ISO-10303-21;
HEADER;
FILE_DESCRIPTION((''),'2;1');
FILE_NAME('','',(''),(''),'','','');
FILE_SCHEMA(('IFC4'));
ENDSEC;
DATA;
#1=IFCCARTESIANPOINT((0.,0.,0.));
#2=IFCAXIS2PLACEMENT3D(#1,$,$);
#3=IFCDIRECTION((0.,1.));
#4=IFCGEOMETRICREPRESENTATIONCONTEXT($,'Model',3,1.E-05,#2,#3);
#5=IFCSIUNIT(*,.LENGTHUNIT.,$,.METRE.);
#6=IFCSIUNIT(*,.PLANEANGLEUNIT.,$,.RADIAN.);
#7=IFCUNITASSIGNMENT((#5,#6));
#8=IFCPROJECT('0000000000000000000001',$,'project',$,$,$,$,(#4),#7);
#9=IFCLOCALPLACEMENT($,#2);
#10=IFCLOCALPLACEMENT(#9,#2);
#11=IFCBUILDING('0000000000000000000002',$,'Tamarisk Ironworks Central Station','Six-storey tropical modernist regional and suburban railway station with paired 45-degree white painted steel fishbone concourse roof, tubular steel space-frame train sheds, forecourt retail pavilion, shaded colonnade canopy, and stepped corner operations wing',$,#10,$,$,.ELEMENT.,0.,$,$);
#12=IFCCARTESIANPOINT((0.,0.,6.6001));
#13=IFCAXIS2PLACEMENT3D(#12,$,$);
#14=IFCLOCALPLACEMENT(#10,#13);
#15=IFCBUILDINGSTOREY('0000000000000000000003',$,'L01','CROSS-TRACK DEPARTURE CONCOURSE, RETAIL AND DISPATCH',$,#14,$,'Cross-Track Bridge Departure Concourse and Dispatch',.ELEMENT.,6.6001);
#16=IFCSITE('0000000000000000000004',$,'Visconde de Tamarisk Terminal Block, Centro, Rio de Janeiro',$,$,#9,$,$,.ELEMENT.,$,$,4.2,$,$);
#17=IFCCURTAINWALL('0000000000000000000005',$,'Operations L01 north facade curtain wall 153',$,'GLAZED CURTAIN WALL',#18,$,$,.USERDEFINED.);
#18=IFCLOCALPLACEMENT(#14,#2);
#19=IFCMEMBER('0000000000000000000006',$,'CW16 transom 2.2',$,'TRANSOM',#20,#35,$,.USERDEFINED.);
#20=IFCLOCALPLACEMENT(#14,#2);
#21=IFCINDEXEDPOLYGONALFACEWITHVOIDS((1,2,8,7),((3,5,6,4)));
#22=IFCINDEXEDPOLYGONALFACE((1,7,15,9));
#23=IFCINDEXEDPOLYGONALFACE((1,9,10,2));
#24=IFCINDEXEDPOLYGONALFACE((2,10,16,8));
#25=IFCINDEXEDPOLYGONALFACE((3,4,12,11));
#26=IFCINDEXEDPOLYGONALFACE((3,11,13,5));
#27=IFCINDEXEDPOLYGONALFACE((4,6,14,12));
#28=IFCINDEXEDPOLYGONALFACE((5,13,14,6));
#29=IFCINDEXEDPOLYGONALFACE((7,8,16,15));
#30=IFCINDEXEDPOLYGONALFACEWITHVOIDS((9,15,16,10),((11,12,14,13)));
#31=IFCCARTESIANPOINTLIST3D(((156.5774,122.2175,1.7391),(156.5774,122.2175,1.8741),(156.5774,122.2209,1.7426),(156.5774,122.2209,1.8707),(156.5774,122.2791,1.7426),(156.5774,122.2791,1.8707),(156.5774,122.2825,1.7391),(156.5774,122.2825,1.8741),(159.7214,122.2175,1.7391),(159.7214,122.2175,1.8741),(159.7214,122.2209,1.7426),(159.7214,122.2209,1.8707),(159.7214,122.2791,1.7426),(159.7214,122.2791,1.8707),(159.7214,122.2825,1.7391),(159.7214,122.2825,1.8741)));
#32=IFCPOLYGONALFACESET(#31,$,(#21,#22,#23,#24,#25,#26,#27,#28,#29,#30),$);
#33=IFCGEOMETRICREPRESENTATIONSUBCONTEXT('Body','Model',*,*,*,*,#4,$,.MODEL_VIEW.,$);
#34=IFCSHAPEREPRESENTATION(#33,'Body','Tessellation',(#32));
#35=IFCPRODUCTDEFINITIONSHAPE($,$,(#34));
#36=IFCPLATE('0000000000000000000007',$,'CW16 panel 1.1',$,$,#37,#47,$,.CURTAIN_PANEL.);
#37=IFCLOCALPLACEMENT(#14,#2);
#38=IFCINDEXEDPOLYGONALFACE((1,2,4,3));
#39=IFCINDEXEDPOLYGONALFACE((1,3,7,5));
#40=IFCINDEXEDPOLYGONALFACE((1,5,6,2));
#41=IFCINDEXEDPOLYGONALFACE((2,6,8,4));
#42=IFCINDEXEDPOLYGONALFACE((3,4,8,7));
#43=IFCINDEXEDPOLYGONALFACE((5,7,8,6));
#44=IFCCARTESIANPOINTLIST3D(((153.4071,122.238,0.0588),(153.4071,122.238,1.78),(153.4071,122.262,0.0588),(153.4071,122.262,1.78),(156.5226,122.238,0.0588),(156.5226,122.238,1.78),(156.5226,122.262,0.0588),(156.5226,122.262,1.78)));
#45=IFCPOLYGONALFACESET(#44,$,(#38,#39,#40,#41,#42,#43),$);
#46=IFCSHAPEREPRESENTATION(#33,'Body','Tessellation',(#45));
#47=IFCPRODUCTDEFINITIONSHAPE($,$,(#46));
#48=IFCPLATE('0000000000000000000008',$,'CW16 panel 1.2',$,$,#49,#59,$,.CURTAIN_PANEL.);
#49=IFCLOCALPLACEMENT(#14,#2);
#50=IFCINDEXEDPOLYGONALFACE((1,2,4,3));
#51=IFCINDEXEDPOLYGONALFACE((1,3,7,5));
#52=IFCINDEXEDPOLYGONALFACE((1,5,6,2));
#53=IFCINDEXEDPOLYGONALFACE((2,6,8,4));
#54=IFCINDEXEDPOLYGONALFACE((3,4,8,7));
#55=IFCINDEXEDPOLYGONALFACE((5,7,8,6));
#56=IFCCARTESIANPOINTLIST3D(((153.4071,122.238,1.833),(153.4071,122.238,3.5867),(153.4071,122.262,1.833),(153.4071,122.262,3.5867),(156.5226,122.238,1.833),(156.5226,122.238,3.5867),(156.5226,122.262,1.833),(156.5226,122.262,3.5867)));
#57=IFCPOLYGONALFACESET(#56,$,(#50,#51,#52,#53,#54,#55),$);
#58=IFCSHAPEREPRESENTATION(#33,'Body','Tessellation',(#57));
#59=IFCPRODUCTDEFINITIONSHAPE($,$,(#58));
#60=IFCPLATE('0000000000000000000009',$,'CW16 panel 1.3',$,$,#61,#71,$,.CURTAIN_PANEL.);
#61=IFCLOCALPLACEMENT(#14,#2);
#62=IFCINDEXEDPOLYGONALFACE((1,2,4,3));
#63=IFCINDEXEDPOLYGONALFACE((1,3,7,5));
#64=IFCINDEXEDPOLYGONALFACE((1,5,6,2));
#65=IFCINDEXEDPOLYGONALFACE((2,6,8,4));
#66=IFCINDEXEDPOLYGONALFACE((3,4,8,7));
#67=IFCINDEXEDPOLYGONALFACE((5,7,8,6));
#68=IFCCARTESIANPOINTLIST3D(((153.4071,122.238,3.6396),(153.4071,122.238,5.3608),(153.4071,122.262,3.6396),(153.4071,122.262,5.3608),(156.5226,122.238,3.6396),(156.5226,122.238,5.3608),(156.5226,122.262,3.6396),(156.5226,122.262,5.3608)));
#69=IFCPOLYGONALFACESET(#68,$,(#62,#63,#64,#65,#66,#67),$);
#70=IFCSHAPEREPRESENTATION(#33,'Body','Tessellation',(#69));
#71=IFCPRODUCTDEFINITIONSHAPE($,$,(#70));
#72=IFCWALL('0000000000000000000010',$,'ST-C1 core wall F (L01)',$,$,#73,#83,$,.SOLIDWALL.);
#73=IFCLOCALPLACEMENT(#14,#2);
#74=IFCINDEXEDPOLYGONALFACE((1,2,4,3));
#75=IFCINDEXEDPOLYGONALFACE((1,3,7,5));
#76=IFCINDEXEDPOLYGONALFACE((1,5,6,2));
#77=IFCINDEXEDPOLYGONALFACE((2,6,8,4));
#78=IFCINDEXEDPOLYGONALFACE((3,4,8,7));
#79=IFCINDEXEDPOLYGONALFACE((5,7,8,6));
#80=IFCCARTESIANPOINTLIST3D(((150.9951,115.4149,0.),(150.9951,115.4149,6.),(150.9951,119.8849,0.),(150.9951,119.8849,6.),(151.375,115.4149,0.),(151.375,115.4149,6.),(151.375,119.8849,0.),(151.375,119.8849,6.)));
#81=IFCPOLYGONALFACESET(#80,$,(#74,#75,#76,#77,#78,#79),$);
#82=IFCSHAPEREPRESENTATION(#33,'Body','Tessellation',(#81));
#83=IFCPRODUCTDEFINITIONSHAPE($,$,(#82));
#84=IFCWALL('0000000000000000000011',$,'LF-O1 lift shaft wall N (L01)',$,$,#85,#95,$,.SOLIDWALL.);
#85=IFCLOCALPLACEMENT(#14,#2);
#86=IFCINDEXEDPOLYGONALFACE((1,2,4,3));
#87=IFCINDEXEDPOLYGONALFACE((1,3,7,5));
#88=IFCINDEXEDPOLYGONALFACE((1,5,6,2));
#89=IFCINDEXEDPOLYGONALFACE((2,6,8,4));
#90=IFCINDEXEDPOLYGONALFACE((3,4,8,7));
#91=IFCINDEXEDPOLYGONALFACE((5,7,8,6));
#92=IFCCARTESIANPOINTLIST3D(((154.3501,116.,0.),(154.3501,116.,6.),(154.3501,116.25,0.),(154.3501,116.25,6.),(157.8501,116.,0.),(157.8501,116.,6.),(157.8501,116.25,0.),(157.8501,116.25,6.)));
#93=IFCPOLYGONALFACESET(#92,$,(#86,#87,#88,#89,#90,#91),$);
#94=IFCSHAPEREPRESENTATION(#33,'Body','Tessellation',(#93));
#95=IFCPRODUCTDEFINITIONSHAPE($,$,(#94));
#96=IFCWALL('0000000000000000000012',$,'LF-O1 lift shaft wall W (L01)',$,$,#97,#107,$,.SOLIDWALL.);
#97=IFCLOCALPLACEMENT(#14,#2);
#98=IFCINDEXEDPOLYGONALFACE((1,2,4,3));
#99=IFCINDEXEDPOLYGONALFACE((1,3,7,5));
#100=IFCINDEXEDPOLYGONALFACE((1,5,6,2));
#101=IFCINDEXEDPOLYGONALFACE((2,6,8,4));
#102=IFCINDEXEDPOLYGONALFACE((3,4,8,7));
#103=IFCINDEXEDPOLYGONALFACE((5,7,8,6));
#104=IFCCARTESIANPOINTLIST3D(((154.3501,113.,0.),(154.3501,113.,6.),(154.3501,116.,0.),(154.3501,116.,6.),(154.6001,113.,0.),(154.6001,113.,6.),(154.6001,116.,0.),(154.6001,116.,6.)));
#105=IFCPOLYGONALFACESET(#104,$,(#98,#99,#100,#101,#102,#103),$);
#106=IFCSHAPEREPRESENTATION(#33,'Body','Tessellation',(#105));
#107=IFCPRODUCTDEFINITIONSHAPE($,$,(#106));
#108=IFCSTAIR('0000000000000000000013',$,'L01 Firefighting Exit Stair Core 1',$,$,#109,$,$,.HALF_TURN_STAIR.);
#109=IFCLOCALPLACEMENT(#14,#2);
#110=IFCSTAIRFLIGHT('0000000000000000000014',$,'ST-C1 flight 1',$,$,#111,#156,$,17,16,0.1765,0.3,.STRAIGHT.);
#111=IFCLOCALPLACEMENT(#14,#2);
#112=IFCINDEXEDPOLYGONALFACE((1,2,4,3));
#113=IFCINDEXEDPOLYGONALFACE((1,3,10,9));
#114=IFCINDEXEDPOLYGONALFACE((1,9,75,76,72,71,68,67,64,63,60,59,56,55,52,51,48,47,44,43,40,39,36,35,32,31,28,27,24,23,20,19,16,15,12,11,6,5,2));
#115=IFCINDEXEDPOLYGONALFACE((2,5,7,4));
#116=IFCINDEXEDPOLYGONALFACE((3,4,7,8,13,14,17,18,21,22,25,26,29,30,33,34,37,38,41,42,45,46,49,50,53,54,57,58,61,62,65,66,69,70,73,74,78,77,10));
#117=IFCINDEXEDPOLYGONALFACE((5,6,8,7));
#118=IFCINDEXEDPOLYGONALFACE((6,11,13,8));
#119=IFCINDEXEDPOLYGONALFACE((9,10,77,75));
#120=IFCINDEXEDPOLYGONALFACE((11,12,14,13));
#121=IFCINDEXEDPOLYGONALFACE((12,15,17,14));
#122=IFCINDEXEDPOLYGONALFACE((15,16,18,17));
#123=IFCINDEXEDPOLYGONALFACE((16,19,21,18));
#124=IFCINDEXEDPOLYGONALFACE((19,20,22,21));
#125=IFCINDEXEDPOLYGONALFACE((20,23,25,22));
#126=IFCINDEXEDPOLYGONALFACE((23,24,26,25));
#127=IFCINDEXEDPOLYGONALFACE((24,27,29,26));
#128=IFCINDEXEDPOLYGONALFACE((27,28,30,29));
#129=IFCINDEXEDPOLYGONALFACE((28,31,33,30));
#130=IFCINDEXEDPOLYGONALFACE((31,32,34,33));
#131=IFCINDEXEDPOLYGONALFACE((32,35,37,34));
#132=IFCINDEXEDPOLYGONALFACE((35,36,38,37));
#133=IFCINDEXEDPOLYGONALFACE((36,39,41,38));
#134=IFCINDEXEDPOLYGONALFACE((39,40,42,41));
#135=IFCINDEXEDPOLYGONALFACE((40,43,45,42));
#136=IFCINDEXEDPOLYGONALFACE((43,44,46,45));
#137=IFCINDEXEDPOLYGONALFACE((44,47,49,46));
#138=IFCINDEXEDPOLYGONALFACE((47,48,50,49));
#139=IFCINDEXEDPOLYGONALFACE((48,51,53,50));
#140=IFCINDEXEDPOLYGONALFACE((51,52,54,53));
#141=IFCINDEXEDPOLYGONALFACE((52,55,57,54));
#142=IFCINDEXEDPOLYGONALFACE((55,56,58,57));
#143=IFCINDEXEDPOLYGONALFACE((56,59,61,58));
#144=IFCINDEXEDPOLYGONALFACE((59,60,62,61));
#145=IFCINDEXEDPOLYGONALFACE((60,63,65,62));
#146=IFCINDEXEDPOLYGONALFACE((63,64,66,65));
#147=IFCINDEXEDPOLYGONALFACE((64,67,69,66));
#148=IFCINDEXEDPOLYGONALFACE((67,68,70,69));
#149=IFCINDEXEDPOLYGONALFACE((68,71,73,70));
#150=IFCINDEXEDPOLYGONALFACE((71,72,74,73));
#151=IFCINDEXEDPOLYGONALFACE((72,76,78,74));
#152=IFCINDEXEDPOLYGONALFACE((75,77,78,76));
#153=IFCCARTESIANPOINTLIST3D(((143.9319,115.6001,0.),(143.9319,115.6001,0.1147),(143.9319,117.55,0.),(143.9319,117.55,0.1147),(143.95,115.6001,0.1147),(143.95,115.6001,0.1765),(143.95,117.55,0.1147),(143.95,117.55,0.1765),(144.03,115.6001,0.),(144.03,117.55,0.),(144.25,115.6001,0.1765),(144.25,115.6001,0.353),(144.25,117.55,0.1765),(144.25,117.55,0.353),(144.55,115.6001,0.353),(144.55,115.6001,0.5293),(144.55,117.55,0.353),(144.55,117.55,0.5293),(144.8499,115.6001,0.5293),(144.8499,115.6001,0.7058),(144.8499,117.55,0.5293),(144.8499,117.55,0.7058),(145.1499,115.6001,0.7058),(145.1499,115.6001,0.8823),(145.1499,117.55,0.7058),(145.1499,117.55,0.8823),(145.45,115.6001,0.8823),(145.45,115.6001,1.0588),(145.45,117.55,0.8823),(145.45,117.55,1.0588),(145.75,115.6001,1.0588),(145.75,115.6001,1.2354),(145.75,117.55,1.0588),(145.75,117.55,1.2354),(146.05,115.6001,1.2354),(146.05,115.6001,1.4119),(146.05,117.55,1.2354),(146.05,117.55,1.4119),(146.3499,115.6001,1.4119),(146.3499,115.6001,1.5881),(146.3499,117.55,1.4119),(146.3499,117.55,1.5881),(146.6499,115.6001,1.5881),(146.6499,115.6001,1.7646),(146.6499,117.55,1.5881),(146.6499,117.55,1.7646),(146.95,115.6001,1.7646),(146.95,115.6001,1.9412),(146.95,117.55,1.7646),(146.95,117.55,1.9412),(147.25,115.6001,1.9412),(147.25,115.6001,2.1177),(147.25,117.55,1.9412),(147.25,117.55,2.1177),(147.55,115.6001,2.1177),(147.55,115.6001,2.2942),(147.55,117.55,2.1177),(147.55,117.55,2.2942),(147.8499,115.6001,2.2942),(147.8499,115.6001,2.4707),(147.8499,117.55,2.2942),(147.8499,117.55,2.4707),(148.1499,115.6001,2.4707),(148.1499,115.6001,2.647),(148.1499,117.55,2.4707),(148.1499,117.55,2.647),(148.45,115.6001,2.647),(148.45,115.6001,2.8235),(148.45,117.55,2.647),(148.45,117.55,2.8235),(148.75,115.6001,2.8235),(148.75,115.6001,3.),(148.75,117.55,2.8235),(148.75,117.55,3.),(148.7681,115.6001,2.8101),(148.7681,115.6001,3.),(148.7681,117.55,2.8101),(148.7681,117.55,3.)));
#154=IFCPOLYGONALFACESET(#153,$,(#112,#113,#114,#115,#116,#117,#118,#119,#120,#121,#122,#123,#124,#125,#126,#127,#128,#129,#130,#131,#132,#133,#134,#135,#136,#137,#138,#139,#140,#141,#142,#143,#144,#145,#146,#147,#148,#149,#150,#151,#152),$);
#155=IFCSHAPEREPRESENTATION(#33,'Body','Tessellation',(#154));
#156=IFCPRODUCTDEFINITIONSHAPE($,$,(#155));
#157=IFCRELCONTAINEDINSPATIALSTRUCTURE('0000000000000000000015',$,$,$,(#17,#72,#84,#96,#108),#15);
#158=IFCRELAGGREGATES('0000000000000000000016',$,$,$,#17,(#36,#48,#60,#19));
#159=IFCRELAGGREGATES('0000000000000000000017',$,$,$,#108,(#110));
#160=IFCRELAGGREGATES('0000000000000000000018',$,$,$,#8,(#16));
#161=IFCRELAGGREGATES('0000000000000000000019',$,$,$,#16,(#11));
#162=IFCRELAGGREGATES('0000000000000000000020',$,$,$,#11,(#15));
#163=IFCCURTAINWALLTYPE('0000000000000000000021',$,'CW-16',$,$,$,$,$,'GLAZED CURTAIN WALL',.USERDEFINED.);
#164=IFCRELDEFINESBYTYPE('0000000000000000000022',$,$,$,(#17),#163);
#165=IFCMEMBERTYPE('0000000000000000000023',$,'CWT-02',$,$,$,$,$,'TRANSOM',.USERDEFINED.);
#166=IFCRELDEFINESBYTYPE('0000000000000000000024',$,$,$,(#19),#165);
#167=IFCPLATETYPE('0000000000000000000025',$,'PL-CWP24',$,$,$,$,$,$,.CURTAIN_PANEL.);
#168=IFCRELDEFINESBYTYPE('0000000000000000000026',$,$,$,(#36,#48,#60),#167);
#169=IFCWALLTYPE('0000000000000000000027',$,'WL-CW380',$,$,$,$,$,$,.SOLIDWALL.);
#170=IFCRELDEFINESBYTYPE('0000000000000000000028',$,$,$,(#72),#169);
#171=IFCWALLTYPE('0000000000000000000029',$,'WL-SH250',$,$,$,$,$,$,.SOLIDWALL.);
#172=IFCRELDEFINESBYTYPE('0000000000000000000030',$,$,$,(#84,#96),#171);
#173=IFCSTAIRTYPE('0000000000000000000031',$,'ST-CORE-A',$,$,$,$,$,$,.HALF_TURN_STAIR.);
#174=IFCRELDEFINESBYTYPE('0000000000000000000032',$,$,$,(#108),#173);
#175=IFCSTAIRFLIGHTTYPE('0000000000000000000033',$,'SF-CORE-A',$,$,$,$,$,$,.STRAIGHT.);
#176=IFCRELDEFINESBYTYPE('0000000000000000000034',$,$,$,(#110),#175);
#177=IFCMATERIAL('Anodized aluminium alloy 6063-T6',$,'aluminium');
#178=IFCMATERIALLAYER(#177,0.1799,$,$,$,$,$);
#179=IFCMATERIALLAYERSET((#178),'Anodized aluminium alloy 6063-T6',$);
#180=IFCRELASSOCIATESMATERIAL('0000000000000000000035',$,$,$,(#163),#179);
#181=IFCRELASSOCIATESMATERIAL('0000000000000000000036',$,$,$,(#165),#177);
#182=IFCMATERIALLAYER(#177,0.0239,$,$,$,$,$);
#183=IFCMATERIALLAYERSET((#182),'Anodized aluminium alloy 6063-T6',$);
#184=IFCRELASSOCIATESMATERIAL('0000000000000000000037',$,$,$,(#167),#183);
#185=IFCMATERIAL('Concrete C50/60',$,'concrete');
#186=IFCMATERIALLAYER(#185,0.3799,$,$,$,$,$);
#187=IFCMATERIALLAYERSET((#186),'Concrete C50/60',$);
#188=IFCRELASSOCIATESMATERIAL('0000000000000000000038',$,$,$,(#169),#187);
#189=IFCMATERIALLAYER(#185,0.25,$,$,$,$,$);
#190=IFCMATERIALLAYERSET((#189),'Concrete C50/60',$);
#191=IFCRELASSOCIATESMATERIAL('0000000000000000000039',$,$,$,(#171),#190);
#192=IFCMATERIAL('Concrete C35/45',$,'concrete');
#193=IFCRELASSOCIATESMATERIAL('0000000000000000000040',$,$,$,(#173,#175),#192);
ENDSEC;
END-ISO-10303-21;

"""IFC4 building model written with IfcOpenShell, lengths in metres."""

from ifc_helpers import new_model, si_unit, direction, frame, frame_2d, origin, origin_2d, place, context, subcontext, project, spatial, polyline, rectangle, hollow_rectangle, outline, extrude, material, layer, layer_set, material_profile, profile_set, type_object, element, aggregate, save


model = new_model("IFC4")

# Units and contexts
model_context = context("Model", 3, precision=1e-05, world=origin(), true_north=direction((0.0, 1.0)))
body_context = subcontext(model_context, "Body", "Model", "MODEL_VIEW")
ifc_project = project(units=[si_unit("LENGTHUNIT", "METRE"), si_unit("PLANEANGLEUNIT", "RADIAN")], contexts=[model_context])

# Site, building, storey
site_placement = place(None, origin())
site = spatial("IfcSite", under=ifc_project, at=site_placement, Name="Visconde de Tamarisk Terminal Block, Centro, Rio de Janeiro", CompositionType="ELEMENT", RefElevation=4.2)
building_placement = place(site_placement, origin())
building = spatial("IfcBuilding", under=site, at=building_placement, Name="Tamarisk Ironworks Central Station", Description="Six-storey tropical modernist regional and suburban railway station with paired 45-degree white painted steel fishbone concourse roof, tubular steel space-frame train sheds, forecourt retail pavilion, shaded colonnade canopy, and stepped corner operations wing", CompositionType="ELEMENT", ElevationOfRefHeight=0.0)
storey_placement = place(building_placement, frame((0.0, 0.0, 6.6001)))
storey = spatial("IfcBuildingStorey", under=building, at=storey_placement, Name="L01", Description="CROSS-TRACK DEPARTURE CONCOURSE, RETAIL AND DISPATCH", LongName="Cross-Track Bridge Departure Concourse and Dispatch", CompositionType="ELEMENT", Elevation=6.6001)

# Shared definitions
ifc_material_1 = material(Name="Concrete C50/60", Category="concrete")

# Curtain wall, member, plates
ifc_material_2 = material(Name="Anodized aluminium alloy 6063-T6", Category="aluminium")
ifc_layer_1 = layer(ifc_material_2, 0.1799)
ifc_layer_set_1 = layer_set([ifc_layer_1], Name="Anodized aluminium alloy 6063-T6")
curtain_wall_type = type_object("IfcCurtainWallType", Name="CW-16", ElementType="GLAZED CURTAIN WALL", PredefinedType="USERDEFINED", material=ifc_layer_set_1)
curtain_wall_placement = place(storey_placement, origin())
curtain_wall = element("IfcCurtainWall", 1, at=curtain_wall_placement, inside=storey, type_object=curtain_wall_type, Name="Operations L01 north facade curtain wall 153", ObjectType="GLAZED CURTAIN WALL", PredefinedType="USERDEFINED")
ifc_material_profile_1 = material_profile(ifc_material_2, hollow_rectangle(XDim=0.0649, YDim=0.135, WallThickness=0.0034, at=origin_2d()), Name="ALUM 135x65")
ifc_profile_set_1 = profile_set([ifc_material_profile_1], Name="Anodized aluminium alloy 6063-T6")
member_type_1 = type_object("IfcMemberType", Name="CWT-02", ElementType="TRANSOM", PredefinedType="USERDEFINED", material=ifc_profile_set_1)
member_1_placement = place(storey_placement, frame((156.5774, 122.25, 1.8066), z_axis=(1.0, 0.0, 0.0), x_axis=(0.0, 1.0, 0.0)))
member_1 = element("IfcMember", 2, at=member_1_placement, type_object=member_type_1, Name="CW16 transom 2.2", ObjectType="TRANSOM", PredefinedType="USERDEFINED", context=body_context, shape_type="SweptSolid", body=[
    extrude(hollow_rectangle(XDim=0.0649, YDim=0.135, WallThickness=0.0034, at=origin_2d()), origin(), (0.0, 0.0, 1.0), 3.144),
])
ifc_layer_2 = layer(ifc_material_2, 0.0239)
ifc_layer_set_2 = layer_set([ifc_layer_2], Name="Anodized aluminium alloy 6063-T6")
plate_type = type_object("IfcPlateType", Name="PL-CWP24", PredefinedType="CURTAIN_PANEL", material=ifc_layer_set_2)
plate_1_placement = place(storey_placement, frame((154.9648, 122.25, 0.0588), z_axis=(0.0, 0.0, 1.0), x_axis=(1.0, 0.0, 0.0)))
plate_1 = element("IfcPlate", 3, at=plate_1_placement, type_object=plate_type, Name="CW16 panel 1.1", PredefinedType="CURTAIN_PANEL", context=body_context, shape_type="SweptSolid", body=[
    extrude(rectangle(XDim=3.1155, YDim=0.0239, at=origin_2d()), origin(), (0.0, 0.0, 1.0), 1.7212),
])
plate_2_placement = place(storey_placement, frame((154.9648, 122.25, 1.833), z_axis=(0.0, 0.0, 1.0), x_axis=(1.0, 0.0, 0.0)))
plate_2 = element("IfcPlate", 4, at=plate_2_placement, type_object=plate_type, Name="CW16 panel 1.2", PredefinedType="CURTAIN_PANEL", context=body_context, shape_type="SweptSolid", body=[
    extrude(rectangle(XDim=3.1155, YDim=0.0239, at=origin_2d()), origin(), (0.0, 0.0, 1.0), 1.7537),
])
plate_3_placement = place(storey_placement, frame((154.9648, 122.25, 3.6396), z_axis=(0.0, 0.0, 1.0), x_axis=(1.0, 0.0, 0.0)))
plate_3 = element("IfcPlate", 5, at=plate_3_placement, type_object=plate_type, Name="CW16 panel 1.3", PredefinedType="CURTAIN_PANEL", context=body_context, shape_type="SweptSolid", body=[
    extrude(rectangle(XDim=3.1155, YDim=0.0239, at=origin_2d()), origin(), (0.0, 0.0, 1.0), 1.7212),
])
aggregate(curtain_wall, [plate_1, plate_2, plate_3, member_1])

# Walls
ifc_layer_3 = layer(ifc_material_1, 0.3799)
ifc_layer_set_3 = layer_set([ifc_layer_3], Name="Concrete C50/60")
wall_type_1 = type_object("IfcWallType", Name="WL-CW380", PredefinedType="SOLIDWALL", material=ifc_layer_set_3)
wall_1_placement = place(storey_placement, frame((151.1851, 115.415, 0.0), z_axis=(0.0, 0.0, 1.0), x_axis=(0.0, 1.0, 0.0)))
element("IfcWall", 6, at=wall_1_placement, inside=storey, type_object=wall_type_1, Name="ST-C1 core wall F (L01)", PredefinedType="SOLIDWALL", context=body_context, shape_type="SweptSolid", body=[
    extrude(rectangle(XDim=4.47, YDim=0.3799, at=frame_2d((2.2349, 0.0))), origin(), (0.0, 0.0, 1.0), 6.0),
])
ifc_layer_4 = layer(ifc_material_1, 0.25)
ifc_layer_set_4 = layer_set([ifc_layer_4], Name="Concrete C50/60")
wall_type_2 = type_object("IfcWallType", Name="WL-SH250", PredefinedType="SOLIDWALL", material=ifc_layer_set_4)
wall_2_placement = place(storey_placement, frame((154.3501, 116.125, 0.0), z_axis=(0.0, 0.0, 1.0), x_axis=(1.0, 0.0, 0.0)))
element("IfcWall", 7, at=wall_2_placement, inside=storey, type_object=wall_type_2, Name="LF-O1 lift shaft wall N (L01)", PredefinedType="SOLIDWALL", context=body_context, shape_type="SweptSolid", body=[
    extrude(rectangle(XDim=3.5, YDim=0.25, at=frame_2d((1.75, 0.0))), origin(), (0.0, 0.0, 1.0), 6.0),
])
wall_3_placement = place(storey_placement, frame((154.4751, 113.0, 0.0), z_axis=(0.0, 0.0, 1.0), x_axis=(0.0, 1.0, 0.0)))
element("IfcWall", 8, at=wall_3_placement, inside=storey, type_object=wall_type_2, Name="LF-O1 lift shaft wall W (L01)", PredefinedType="SOLIDWALL", context=body_context, shape_type="SweptSolid", body=[
    extrude(rectangle(XDim=3.0, YDim=0.25, at=frame_2d((1.5, 0.0))), origin(), (0.0, 0.0, 1.0), 6.0),
])

# Stair, stair flight
ifc_material_3 = material(Name="Concrete C35/45", Category="concrete")
stair_type = type_object("IfcStairType", Name="ST-CORE-A", PredefinedType="HALF_TURN_STAIR", material=ifc_material_3)
stair_placement = place(storey_placement, origin())
stair = element("IfcStair", 9, at=stair_placement, inside=storey, type_object=stair_type, Name="L01 Firefighting Exit Stair Core 1", PredefinedType="HALF_TURN_STAIR")
stair_flight_type = type_object("IfcStairFlightType", Name="SF-CORE-A", PredefinedType="STRAIGHT", material=ifc_material_3)
stair_flight_1_placement = place(storey_placement, frame((143.95, 116.575, 0.0), z_axis=(0.0, 0.0, 1.0), x_axis=(1.0, 0.0, 0.0)))
stair_flight_1 = element("IfcStairFlight", 10, at=stair_flight_1_placement, type_object=stair_flight_type, Name="ST-C1 flight 1", NumberOfRisers=17, NumberOfTreads=16, PredefinedType="STRAIGHT", RiserHeight=0.1765, TreadLength=0.3, context=body_context, shape_type="SweptSolid", body=[
    extrude(outline(polyline([(-0.0181, 0.0), (-0.0181, 0.1147), (0.0, 0.1147), (0.0, 0.1765), (0.3, 0.1765), (0.3, 0.353), (0.6001, 0.353), (0.6001, 0.5293), (0.8999, 0.5293), (0.8999, 0.7058), (1.2, 0.7058), (1.2, 0.8823), (1.5, 0.8823), (1.5, 1.0588), (1.8, 1.0588), (1.8, 1.2354), (2.1001, 1.2354), (2.1001, 1.4119), (2.3999, 1.4119), (2.3999, 1.5881), (2.7, 1.5881), (2.7, 1.7646), (3.0, 1.7646), (3.0, 1.9412), (3.3, 1.9412), (3.3, 2.1177), (3.6001, 2.1177), (3.6001, 2.2942), (3.8999, 2.2942), (3.8999, 2.4707), (4.2, 2.4707), (4.2, 2.647), (4.5, 2.647), (4.5, 2.8235), (4.8, 2.8235), (4.8, 3.0), (4.8181, 3.0), (4.8181, 2.8101), (0.0801, 0.0), (-0.0181, 0.0)])), frame((0.0, 0.9751, 0.0), z_axis=(0.0, -1.0, 0.0), x_axis=(1.0, 0.0, 0.0)), (0.0, 0.0, 1.0), 1.95),
])
aggregate(stair, [stair_flight_1])

save(model, "model.ifc")
